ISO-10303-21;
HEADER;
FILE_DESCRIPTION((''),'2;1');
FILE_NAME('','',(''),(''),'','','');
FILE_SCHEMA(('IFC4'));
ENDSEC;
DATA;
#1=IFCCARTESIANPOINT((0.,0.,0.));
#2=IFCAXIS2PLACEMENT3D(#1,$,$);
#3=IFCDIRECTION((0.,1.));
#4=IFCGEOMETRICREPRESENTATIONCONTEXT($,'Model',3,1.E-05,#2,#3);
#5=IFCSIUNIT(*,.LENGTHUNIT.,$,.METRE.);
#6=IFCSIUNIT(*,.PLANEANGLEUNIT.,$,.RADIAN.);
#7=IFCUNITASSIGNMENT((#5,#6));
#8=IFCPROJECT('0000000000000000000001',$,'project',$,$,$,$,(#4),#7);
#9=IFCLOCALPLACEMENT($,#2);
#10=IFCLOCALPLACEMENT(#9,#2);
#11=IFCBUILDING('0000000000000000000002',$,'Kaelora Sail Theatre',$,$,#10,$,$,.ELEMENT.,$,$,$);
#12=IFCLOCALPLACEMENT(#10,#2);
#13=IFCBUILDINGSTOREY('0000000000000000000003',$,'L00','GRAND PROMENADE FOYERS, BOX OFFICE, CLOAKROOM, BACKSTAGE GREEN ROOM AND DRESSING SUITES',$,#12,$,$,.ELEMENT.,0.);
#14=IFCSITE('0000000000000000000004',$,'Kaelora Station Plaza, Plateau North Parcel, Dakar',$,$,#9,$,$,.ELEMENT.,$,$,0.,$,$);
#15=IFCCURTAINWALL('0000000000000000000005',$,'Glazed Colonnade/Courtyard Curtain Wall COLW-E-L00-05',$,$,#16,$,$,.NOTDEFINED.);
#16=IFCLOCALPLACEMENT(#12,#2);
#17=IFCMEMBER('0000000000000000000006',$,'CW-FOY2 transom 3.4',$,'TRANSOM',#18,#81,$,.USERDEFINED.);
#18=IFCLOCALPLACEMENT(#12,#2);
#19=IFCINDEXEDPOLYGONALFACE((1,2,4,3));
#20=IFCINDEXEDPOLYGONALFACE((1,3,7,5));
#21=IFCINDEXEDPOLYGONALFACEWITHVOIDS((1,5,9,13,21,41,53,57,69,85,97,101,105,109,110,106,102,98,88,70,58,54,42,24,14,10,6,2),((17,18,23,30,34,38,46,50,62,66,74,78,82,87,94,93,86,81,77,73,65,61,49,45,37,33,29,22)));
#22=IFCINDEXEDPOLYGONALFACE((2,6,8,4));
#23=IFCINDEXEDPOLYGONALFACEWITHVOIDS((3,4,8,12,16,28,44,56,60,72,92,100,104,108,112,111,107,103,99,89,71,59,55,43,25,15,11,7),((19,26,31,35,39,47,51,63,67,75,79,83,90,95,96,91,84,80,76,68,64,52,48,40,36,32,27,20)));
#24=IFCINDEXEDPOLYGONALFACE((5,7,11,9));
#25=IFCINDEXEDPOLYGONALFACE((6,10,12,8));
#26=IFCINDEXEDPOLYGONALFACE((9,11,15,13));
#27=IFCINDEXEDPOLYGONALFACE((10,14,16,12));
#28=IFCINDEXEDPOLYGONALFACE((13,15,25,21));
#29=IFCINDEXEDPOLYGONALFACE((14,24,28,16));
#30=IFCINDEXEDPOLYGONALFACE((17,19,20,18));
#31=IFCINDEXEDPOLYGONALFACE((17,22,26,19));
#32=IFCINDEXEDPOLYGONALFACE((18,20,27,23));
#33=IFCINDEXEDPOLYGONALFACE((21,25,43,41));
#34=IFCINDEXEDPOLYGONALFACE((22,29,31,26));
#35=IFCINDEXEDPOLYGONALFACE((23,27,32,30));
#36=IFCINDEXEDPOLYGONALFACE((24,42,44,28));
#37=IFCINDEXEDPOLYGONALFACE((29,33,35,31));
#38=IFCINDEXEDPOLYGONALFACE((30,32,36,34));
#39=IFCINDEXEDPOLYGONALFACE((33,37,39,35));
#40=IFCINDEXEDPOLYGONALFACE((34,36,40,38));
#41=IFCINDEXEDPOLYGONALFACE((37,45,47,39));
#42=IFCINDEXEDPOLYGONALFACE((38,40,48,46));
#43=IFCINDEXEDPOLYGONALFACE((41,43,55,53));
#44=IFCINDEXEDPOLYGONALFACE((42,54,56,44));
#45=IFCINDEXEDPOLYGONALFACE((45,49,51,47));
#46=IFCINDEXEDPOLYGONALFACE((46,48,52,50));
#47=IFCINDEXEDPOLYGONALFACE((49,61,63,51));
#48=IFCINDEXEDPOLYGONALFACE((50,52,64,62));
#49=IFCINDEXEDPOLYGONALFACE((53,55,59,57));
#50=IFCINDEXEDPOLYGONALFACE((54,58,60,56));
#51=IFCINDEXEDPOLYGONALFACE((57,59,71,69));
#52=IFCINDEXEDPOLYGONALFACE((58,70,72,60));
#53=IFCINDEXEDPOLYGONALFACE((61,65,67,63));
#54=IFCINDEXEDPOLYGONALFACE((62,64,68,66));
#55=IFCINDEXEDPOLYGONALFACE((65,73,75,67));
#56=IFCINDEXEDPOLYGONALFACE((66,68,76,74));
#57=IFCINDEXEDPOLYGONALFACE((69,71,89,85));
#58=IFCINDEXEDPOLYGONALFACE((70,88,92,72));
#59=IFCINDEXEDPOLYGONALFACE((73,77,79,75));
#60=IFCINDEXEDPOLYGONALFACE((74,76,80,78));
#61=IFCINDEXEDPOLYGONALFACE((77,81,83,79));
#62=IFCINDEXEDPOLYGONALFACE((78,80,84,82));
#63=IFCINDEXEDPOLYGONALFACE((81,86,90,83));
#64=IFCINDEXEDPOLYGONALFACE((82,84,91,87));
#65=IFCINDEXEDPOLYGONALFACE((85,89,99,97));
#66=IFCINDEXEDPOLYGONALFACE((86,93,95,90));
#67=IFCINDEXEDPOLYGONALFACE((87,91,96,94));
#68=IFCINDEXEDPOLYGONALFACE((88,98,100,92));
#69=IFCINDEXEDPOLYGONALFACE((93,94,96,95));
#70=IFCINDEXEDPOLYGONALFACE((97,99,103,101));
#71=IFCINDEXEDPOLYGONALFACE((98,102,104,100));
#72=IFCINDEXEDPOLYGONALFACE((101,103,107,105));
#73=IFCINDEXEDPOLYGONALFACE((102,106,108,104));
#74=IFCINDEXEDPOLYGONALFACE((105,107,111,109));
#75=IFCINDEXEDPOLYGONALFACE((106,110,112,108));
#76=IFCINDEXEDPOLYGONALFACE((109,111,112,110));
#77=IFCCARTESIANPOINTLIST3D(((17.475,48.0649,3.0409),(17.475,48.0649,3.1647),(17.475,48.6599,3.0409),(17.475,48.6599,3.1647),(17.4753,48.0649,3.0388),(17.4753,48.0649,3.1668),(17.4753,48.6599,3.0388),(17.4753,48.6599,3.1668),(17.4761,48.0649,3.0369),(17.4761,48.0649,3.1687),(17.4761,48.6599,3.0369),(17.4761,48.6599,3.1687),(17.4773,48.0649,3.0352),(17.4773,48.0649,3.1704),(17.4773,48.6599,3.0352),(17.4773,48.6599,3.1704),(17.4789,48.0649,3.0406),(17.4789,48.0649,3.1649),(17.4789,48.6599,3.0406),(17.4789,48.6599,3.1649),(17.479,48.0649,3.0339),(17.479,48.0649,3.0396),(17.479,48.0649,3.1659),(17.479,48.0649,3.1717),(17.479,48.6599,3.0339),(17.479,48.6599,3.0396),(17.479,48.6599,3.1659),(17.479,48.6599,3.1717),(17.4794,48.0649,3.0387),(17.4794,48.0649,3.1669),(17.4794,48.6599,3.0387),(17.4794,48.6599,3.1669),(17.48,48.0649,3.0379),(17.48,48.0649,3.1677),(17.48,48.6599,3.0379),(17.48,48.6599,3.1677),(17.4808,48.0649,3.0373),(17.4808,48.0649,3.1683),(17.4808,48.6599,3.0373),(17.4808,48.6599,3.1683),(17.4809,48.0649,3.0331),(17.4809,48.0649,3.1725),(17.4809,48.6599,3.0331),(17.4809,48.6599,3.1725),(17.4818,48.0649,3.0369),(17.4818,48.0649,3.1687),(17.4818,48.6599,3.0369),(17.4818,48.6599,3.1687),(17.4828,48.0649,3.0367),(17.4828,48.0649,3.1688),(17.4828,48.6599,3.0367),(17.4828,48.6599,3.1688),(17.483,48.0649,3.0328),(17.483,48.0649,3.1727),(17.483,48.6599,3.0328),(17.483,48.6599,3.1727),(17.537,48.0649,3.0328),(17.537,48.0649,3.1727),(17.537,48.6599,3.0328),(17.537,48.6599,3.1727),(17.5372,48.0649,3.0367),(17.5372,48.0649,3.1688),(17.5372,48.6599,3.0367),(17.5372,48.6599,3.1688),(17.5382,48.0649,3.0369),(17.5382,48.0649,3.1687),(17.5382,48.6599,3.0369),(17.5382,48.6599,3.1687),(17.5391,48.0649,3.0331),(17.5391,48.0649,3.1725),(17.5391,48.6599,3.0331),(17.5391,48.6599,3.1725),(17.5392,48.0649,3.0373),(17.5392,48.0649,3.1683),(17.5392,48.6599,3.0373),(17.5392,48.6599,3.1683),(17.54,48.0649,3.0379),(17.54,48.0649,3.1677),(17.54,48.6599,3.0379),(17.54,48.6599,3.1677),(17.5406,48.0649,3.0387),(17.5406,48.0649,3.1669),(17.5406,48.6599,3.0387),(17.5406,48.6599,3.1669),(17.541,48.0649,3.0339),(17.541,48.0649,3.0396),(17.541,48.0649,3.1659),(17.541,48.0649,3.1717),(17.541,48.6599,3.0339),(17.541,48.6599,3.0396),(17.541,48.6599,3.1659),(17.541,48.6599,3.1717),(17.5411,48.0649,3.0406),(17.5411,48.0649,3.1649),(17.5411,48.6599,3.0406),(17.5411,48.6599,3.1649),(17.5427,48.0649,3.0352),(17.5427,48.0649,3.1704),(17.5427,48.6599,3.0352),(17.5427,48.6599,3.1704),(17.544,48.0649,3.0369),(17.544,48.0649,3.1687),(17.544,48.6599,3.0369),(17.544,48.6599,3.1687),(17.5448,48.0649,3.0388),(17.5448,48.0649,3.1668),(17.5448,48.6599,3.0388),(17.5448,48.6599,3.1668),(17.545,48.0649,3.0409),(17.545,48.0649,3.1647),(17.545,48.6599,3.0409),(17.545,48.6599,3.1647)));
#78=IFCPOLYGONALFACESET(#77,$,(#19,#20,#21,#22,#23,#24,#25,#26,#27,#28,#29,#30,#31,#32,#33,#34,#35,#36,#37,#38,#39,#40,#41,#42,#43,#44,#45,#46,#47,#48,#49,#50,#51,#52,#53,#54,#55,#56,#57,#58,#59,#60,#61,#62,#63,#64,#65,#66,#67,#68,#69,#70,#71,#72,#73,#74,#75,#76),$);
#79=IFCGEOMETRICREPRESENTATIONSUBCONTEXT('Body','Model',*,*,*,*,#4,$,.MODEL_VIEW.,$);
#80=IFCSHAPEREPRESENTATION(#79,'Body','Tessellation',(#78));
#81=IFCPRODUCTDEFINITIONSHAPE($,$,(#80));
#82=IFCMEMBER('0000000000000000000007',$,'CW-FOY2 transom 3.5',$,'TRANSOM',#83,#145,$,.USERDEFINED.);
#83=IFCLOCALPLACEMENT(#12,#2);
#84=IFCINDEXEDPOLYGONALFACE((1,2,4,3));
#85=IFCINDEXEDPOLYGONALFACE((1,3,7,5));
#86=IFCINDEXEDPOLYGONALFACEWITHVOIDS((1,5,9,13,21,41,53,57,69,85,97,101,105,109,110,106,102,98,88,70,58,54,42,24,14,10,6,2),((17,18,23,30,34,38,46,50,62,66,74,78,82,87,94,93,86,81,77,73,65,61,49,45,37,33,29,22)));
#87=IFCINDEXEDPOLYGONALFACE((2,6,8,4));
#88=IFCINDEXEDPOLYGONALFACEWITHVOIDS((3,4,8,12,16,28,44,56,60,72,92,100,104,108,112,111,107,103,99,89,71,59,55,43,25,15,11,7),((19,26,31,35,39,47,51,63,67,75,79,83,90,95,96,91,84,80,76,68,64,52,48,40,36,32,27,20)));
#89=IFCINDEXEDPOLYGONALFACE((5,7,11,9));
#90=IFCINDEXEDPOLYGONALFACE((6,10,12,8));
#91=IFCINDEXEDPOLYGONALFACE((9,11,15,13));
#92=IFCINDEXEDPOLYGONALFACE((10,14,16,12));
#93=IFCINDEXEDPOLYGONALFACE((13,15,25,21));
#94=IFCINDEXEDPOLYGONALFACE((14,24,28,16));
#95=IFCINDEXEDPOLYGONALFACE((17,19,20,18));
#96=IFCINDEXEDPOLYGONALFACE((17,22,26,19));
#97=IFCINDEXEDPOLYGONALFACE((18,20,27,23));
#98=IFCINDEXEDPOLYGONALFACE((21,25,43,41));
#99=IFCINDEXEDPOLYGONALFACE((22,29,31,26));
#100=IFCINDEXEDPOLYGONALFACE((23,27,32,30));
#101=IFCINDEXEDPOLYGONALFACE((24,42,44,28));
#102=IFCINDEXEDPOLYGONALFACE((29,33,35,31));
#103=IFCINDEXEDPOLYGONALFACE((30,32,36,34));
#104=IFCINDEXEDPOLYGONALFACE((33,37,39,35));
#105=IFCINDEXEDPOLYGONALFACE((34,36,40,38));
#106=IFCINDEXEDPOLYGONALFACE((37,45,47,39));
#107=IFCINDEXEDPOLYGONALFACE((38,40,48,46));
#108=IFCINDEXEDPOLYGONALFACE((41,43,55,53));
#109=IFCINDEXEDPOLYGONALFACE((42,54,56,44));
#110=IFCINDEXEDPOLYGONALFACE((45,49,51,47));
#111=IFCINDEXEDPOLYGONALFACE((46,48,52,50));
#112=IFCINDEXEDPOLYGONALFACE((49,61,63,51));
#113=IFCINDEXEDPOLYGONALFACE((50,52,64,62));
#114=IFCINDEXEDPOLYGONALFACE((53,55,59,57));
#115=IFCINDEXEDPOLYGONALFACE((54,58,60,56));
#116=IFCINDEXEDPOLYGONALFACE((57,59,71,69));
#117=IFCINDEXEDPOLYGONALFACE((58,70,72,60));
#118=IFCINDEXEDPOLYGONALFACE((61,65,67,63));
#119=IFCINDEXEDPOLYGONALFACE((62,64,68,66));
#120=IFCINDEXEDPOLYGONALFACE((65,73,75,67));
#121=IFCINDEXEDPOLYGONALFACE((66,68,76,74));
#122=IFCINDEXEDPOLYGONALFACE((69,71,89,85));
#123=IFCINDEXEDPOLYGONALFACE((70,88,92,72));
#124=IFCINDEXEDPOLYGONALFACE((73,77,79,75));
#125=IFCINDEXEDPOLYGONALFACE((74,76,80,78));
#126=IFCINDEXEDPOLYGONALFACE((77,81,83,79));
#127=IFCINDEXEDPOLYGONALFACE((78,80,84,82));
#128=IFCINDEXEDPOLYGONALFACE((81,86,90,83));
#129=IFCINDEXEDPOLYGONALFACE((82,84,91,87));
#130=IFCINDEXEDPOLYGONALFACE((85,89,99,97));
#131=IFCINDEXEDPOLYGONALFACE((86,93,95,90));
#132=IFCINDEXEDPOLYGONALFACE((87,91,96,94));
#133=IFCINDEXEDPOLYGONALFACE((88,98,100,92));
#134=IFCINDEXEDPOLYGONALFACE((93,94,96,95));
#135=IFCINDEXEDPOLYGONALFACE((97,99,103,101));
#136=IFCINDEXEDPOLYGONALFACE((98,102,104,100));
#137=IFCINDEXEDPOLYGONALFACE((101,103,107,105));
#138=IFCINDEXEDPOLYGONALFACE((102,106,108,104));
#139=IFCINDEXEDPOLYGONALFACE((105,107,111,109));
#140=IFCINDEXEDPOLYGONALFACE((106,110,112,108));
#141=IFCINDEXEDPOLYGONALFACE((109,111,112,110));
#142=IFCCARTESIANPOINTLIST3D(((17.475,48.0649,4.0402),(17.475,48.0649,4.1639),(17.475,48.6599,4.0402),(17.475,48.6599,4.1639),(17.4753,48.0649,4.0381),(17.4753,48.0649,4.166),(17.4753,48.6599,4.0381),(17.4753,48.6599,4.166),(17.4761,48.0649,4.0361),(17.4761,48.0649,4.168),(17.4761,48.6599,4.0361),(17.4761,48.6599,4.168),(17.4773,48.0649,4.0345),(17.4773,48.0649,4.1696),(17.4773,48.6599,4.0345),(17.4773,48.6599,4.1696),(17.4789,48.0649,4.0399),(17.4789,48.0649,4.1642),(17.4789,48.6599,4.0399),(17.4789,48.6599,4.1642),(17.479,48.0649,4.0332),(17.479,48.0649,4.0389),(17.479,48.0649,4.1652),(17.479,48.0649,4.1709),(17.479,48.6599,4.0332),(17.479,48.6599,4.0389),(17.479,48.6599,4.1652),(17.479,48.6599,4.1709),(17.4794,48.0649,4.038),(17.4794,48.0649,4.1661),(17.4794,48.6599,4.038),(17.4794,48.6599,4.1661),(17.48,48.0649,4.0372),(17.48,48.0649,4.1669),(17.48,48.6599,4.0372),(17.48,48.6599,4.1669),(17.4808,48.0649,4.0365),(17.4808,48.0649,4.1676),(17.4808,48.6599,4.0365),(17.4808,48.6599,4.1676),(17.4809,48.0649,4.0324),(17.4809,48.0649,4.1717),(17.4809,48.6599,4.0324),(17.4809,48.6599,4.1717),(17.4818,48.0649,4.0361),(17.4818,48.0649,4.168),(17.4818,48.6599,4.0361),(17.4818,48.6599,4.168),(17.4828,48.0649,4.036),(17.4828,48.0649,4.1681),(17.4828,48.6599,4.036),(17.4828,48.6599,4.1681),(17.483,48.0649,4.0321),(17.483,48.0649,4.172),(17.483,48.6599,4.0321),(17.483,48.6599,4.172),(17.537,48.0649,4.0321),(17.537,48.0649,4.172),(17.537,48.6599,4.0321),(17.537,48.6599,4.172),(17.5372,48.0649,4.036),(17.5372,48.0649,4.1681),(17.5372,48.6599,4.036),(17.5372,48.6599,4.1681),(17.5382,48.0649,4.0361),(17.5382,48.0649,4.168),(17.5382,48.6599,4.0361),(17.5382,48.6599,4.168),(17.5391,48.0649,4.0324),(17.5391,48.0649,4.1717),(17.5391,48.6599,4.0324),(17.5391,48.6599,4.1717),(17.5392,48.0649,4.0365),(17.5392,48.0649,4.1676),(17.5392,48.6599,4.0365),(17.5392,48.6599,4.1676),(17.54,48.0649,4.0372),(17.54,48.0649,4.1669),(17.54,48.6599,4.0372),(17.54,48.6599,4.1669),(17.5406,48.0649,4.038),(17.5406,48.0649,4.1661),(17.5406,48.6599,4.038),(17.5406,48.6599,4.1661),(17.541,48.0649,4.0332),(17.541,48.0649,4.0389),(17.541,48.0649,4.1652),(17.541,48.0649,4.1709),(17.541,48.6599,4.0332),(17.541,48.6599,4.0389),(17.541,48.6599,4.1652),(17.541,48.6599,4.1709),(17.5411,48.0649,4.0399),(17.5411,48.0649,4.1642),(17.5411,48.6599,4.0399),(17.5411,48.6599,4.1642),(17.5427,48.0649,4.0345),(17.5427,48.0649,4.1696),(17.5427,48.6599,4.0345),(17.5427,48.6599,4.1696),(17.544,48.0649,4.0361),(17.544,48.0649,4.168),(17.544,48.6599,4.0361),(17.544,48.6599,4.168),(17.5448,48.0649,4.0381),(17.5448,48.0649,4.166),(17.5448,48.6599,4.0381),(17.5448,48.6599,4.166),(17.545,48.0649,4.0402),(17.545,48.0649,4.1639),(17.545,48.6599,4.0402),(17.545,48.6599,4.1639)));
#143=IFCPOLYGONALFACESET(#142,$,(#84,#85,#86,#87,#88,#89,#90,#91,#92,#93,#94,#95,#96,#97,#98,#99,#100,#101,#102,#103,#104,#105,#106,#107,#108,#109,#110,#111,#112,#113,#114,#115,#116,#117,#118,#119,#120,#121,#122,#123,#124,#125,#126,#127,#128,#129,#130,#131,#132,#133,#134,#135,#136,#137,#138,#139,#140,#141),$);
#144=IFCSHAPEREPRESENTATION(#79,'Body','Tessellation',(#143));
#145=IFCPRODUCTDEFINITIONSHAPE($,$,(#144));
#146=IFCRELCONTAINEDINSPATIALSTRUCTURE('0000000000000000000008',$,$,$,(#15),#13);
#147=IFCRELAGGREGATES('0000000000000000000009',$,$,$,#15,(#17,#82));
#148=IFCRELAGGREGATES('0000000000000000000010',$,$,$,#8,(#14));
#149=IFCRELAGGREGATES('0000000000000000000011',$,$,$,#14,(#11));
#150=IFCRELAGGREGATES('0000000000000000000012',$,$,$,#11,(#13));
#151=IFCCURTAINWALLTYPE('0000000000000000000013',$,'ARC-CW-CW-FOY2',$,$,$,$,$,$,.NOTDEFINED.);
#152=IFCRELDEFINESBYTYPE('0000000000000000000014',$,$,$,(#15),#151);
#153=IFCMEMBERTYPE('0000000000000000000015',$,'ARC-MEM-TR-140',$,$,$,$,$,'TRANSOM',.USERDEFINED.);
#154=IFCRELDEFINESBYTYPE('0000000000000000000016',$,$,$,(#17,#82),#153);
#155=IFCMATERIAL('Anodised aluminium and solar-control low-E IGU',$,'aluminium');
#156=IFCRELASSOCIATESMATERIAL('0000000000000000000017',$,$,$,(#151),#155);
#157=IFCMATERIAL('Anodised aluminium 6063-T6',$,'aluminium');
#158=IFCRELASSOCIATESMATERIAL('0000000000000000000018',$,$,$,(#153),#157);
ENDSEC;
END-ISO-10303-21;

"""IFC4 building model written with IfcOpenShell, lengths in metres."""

from ifc_helpers import new_model, si_unit, direction, frame, origin, origin_2d, place, context, subcontext, project, spatial, hollow_rectangle, extrude, material, material_profile, profile_set, type_object, element, aggregate, save


model = new_model("IFC4")

# Units and contexts
model_context = context("Model", 3, precision=1e-05, world=origin(), true_north=direction((0.0, 1.0)))
body_context = subcontext(model_context, "Body", "Model", "MODEL_VIEW")
ifc_project = project(units=[si_unit("LENGTHUNIT", "METRE"), si_unit("PLANEANGLEUNIT", "RADIAN")], contexts=[model_context])

# Site, building, storey
site_placement = place(None, origin())
site = spatial("IfcSite", under=ifc_project, at=site_placement, Name="Kaelora Station Plaza, Plateau North Parcel, Dakar", CompositionType="ELEMENT", RefElevation=0.0)
building_placement = place(site_placement, origin())
building = spatial("IfcBuilding", under=site, at=building_placement, Name="Kaelora Sail Theatre", CompositionType="ELEMENT")
storey_placement = place(building_placement, origin())
storey = spatial("IfcBuildingStorey", under=building, at=storey_placement, Name="L00", Description="GRAND PROMENADE FOYERS, BOX OFFICE, CLOAKROOM, BACKSTAGE GREEN ROOM AND DRESSING SUITES", CompositionType="ELEMENT", Elevation=0.0)

# Curtain wall, members
ifc_material_1 = material(Name="Anodised aluminium and solar-control low-E IGU", Category="aluminium")
curtain_wall_type = type_object("IfcCurtainWallType", Name="ARC-CW-CW-FOY2", PredefinedType="NOTDEFINED", material=ifc_material_1)
curtain_wall_placement = place(storey_placement, origin())
curtain_wall = element("IfcCurtainWall", 1, at=curtain_wall_placement, inside=storey, type_object=curtain_wall_type, Name="Glazed Colonnade/Courtyard Curtain Wall COLW-E-L00-05", PredefinedType="NOTDEFINED")
ifc_material_2 = material(Name="Anodised aluminium 6063-T6", Category="aluminium")
ifc_material_profile_1 = material_profile(ifc_material_2, hollow_rectangle(XDim=0.0701, YDim=0.1399, WallThickness=0.0039, InnerFilletRadius=0.0039, OuterFilletRadius=0.0081, at=origin_2d()), Name="ALU-TRAN 70x140x4")
ifc_profile_set_1 = profile_set([ifc_material_profile_1], Name="Anodised aluminium 6063-T6")
member_type_1 = type_object("IfcMemberType", Name="ARC-MEM-TR-140", ElementType="TRANSOM", PredefinedType="USERDEFINED", material=ifc_profile_set_1)
member_1_placement = place(storey_placement, frame((17.51, 48.0649, 3.1028), z_axis=(0.0, 1.0, 0.0), x_axis=(-1.0, 0.0, 0.0)))
member_1 = element("IfcMember", 2, at=member_1_placement, type_object=member_type_1, Name="CW-FOY2 transom 3.4", ObjectType="TRANSOM", PredefinedType="USERDEFINED", context=body_context, shape_type="SweptSolid", body=[
    extrude(hollow_rectangle(XDim=0.0701, YDim=0.1399, WallThickness=0.0039, InnerFilletRadius=0.0039, OuterFilletRadius=0.0081, at=origin_2d()), origin(), (0.0, 0.0, 1.0), 0.595),
])
member_2_placement = place(storey_placement, frame((17.51, 48.0649, 4.1021), z_axis=(0.0, 1.0, 0.0), x_axis=(-1.0, 0.0, 0.0)))
member_2 = element("IfcMember", 3, at=member_2_placement, type_object=member_type_1, Name="CW-FOY2 transom 3.5", ObjectType="TRANSOM", PredefinedType="USERDEFINED", context=body_context, shape_type="SweptSolid", body=[
    extrude(hollow_rectangle(XDim=0.0701, YDim=0.1399, WallThickness=0.0039, InnerFilletRadius=0.0039, OuterFilletRadius=0.0081, at=origin_2d()), origin(), (0.0, 0.0, 1.0), 0.595),
])
aggregate(curtain_wall, [member_1, member_2])

save(model, "model.ifc")
